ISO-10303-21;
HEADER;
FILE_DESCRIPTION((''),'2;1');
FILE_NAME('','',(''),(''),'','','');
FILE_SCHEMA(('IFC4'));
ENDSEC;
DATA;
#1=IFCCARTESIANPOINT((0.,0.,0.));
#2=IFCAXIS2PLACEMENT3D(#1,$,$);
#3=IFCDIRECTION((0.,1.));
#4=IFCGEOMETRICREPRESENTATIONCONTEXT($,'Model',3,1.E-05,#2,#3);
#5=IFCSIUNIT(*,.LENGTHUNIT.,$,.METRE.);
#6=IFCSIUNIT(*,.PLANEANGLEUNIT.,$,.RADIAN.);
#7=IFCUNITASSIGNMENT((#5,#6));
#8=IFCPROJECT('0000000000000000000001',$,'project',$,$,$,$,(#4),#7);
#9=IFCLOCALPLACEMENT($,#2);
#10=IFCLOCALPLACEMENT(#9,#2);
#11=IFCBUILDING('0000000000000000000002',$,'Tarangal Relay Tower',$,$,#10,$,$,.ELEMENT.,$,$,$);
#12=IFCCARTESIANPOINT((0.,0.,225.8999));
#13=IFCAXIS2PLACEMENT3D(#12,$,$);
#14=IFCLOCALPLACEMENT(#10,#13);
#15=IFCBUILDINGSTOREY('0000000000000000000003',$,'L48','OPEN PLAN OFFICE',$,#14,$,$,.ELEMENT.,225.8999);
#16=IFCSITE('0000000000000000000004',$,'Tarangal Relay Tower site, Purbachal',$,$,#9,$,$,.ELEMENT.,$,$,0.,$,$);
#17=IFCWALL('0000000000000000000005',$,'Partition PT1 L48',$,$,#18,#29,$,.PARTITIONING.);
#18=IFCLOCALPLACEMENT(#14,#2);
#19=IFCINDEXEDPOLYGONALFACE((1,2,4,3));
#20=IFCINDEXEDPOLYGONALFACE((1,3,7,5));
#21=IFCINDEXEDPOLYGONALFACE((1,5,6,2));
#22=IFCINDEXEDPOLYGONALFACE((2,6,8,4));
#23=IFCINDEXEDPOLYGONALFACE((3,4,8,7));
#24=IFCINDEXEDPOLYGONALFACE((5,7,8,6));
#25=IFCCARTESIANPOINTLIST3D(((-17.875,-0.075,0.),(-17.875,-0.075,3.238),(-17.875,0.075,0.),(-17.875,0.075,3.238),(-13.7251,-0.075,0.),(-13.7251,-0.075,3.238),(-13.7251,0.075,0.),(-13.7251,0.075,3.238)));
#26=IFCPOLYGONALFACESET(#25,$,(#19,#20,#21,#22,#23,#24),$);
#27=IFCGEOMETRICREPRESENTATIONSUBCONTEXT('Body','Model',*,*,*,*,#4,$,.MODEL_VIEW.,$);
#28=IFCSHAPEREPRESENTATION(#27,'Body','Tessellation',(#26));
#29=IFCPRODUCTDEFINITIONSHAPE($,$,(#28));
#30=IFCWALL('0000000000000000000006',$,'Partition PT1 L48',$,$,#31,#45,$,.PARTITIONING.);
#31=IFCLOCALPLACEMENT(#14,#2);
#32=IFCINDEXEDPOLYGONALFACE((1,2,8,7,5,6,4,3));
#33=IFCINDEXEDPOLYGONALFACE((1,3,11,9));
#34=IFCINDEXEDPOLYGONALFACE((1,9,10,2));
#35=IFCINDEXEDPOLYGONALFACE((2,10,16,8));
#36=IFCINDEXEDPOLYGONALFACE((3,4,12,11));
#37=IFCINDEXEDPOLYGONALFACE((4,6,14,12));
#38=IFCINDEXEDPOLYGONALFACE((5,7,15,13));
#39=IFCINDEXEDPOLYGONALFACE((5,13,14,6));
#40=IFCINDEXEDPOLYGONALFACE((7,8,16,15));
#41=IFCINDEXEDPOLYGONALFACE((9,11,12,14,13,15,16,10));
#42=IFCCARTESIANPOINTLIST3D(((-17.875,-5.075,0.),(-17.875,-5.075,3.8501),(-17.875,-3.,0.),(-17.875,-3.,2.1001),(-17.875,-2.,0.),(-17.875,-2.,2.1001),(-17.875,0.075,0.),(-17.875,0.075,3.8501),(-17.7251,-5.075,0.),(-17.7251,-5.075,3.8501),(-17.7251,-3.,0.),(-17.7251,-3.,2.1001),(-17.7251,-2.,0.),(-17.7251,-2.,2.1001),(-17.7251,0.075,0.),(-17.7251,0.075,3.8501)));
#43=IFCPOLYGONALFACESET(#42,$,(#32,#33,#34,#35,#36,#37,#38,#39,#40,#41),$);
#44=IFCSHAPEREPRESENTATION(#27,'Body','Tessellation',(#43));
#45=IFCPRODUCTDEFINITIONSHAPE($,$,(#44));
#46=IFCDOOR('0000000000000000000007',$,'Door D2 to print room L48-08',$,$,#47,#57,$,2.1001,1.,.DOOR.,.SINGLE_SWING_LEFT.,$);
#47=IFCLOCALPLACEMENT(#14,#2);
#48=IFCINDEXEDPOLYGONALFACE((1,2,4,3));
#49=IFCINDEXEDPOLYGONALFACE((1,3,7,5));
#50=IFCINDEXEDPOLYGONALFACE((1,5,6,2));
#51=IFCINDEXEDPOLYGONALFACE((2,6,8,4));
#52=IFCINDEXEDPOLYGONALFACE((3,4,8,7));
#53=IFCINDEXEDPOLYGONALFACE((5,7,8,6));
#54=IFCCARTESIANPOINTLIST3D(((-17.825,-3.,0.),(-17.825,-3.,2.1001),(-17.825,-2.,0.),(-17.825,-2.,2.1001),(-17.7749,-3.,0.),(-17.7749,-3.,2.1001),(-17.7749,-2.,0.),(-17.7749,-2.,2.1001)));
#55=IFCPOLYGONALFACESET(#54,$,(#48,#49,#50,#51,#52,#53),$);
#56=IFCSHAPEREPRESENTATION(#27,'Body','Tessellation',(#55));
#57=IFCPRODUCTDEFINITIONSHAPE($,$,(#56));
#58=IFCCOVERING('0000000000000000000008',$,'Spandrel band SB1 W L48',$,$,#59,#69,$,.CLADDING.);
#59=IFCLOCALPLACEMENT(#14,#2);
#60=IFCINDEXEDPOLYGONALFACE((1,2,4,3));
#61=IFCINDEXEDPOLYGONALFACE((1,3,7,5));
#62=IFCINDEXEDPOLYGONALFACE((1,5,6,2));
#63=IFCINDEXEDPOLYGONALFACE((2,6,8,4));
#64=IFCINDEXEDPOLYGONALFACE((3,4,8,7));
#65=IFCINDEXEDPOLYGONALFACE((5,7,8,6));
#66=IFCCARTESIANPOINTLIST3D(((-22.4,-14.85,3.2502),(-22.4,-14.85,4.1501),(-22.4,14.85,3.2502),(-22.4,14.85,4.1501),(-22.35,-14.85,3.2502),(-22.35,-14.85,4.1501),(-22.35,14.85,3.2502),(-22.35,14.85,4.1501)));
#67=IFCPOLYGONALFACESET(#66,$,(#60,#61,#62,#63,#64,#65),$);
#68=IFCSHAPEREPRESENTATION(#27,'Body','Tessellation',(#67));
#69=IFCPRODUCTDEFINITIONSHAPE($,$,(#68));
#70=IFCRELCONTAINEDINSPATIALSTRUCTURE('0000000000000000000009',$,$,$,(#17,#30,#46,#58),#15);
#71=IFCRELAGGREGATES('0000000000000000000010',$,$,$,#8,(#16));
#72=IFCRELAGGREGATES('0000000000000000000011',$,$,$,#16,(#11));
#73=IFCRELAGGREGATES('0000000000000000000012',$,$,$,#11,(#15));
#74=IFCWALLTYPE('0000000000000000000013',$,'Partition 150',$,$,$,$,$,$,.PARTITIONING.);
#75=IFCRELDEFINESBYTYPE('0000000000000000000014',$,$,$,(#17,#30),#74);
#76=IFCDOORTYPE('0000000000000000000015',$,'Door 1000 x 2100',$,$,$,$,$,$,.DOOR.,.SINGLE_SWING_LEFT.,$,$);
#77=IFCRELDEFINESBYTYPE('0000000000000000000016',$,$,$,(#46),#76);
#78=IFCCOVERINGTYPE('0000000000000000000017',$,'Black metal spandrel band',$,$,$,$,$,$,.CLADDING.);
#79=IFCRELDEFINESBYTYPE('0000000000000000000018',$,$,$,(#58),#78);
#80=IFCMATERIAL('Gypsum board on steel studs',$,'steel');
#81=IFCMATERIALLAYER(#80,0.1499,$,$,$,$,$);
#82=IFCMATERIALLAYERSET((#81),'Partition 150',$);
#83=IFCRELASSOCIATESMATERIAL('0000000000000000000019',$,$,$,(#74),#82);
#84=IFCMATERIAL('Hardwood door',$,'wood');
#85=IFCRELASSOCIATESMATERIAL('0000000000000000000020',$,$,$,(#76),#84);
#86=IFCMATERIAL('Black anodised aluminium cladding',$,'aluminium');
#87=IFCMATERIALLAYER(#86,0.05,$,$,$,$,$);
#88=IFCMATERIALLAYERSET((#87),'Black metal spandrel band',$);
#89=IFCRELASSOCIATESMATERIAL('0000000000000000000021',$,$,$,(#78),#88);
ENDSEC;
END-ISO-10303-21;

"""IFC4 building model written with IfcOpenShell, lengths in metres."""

from ifc_helpers import new_model, si_unit, direction, frame, frame_2d, origin, origin_2d, place, context, subcontext, project, spatial, rectangle, extrude, material, layer, layer_set, type_object, element, fill, save


model = new_model("IFC4")

# Units and contexts
model_context = context("Model", 3, precision=1e-05, world=origin(), true_north=direction((0.0, 1.0)))
body_context = subcontext(model_context, "Body", "Model", "MODEL_VIEW")
ifc_project = project(units=[si_unit("LENGTHUNIT", "METRE"), si_unit("PLANEANGLEUNIT", "RADIAN")], contexts=[model_context])

# Site, building, storey
site_placement = place(None, origin())
site = spatial("IfcSite", under=ifc_project, at=site_placement, Name="Tarangal Relay Tower site, Purbachal", CompositionType="ELEMENT", RefElevation=0.0)
building_placement = place(site_placement, origin())
building = spatial("IfcBuilding", under=site, at=building_placement, Name="Tarangal Relay Tower", CompositionType="ELEMENT")
storey_placement = place(building_placement, frame((0.0, 0.0, 225.8999)))
storey = spatial("IfcBuildingStorey", under=building, at=storey_placement, Name="L48", Description="OPEN PLAN OFFICE", CompositionType="ELEMENT", Elevation=225.8999)

# Wall
ifc_material_1 = material(Name="Gypsum board on steel studs", Category="steel")
ifc_layer_1 = layer(ifc_material_1, 0.1499)
ifc_layer_set_1 = layer_set([ifc_layer_1], Name="Partition 150")
wall_type_1 = type_object("IfcWallType", Name="Partition 150", PredefinedType="PARTITIONING", material=ifc_layer_set_1)
wall_1_placement = place(storey_placement, frame((-17.875, 0.0, 0.0), z_axis=(0.0, 0.0, 1.0), x_axis=(1.0, 0.0, 0.0)))
element("IfcWall", 1, at=wall_1_placement, inside=storey, type_object=wall_type_1, Name="Partition PT1 L48", PredefinedType="PARTITIONING", context=body_context, shape_type="SweptSolid", body=[
    extrude(rectangle(XDim=4.1499, YDim=0.1499, at=frame_2d((2.075, 0.0))), origin(), (0.0, 0.0, 1.0), 3.238),
])

# Wall, opening, door
wall_2_placement = place(storey_placement, frame((-17.8, -5.075, 0.0), z_axis=(0.0, 0.0, 1.0), x_axis=(0.0, 1.0, 0.0)))
wall_2 = element("IfcWall", 2, at=wall_2_placement, inside=storey, type_object=wall_type_1, Name="Partition PT1 L48", PredefinedType="PARTITIONING", context=body_context, shape_type="SweptSolid", body=[
    extrude(rectangle(XDim=5.1499, YDim=0.1499, at=frame_2d((2.575, 0.0))), origin(), (0.0, 0.0, 1.0), 3.8501),
])
opening_1_placement = place(wall_2_placement, frame((2.075, 0.0, 0.0)))
opening_1 = element("IfcOpeningElement", 3, at=opening_1_placement, cuts=wall_2, PredefinedType="OPENING", context=body_context, shape_type="SweptSolid", body=[
    extrude(rectangle(XDim=1.0, YDim=2.1001, at=frame_2d((0.5, 1.05))), frame((0.0, 0.085, 0.0), z_axis=(0.0, -1.0, 0.0), x_axis=(1.0, 0.0, 0.0)), (0.0, 0.0, 1.0), 0.1699),
])
ifc_material_2 = material(Name="Hardwood door", Category="wood")
door_type_1 = type_object("IfcDoorType", Name="Door 1000 x 2100", OperationType="SINGLE_SWING_LEFT", PredefinedType="DOOR", material=ifc_material_2)
door_1_placement = place(opening_1_placement, origin())
door_1 = element("IfcDoor", 4, at=door_1_placement, inside=storey, type_object=door_type_1, Name="Door D2 to print room L48-08", OperationType="SINGLE_SWING_LEFT", OverallHeight=2.1001, OverallWidth=1.0, PredefinedType="DOOR", context=body_context, shape_type="SweptSolid", body=[
    extrude(rectangle(XDim=1.0, YDim=2.1001, at=frame_2d((0.5, 1.05))), frame((0.0, 0.0249, 0.0), z_axis=(0.0, -1.0, 0.0), x_axis=(1.0, 0.0, 0.0)), (0.0, 0.0, 1.0), 0.05),
])
fill(opening_1, door_1)

# Covering
ifc_material_3 = material(Name="Black anodised aluminium cladding", Category="aluminium")
ifc_layer_2 = layer(ifc_material_3, 0.05)
ifc_layer_set_2 = layer_set([ifc_layer_2], Name="Black metal spandrel band")
covering_type = type_object("IfcCoveringType", Name="Black metal spandrel band", PredefinedType="CLADDING", material=ifc_layer_set_2)
covering_placement = place(storey_placement, frame((-22.375, 0.0, 3.2502), z_axis=(0.0, 0.0, 1.0), x_axis=(0.0, 1.0, 0.0)))
element("IfcCovering", 5, at=covering_placement, inside=storey, type_object=covering_type, Name="Spandrel band SB1 W L48", PredefinedType="CLADDING", context=body_context, shape_type="SweptSolid", body=[
    extrude(rectangle(XDim=29.7, YDim=0.05, at=origin_2d()), origin(), (0.0, 0.0, 1.0), 0.8999),
])

save(model, "model.ifc")
